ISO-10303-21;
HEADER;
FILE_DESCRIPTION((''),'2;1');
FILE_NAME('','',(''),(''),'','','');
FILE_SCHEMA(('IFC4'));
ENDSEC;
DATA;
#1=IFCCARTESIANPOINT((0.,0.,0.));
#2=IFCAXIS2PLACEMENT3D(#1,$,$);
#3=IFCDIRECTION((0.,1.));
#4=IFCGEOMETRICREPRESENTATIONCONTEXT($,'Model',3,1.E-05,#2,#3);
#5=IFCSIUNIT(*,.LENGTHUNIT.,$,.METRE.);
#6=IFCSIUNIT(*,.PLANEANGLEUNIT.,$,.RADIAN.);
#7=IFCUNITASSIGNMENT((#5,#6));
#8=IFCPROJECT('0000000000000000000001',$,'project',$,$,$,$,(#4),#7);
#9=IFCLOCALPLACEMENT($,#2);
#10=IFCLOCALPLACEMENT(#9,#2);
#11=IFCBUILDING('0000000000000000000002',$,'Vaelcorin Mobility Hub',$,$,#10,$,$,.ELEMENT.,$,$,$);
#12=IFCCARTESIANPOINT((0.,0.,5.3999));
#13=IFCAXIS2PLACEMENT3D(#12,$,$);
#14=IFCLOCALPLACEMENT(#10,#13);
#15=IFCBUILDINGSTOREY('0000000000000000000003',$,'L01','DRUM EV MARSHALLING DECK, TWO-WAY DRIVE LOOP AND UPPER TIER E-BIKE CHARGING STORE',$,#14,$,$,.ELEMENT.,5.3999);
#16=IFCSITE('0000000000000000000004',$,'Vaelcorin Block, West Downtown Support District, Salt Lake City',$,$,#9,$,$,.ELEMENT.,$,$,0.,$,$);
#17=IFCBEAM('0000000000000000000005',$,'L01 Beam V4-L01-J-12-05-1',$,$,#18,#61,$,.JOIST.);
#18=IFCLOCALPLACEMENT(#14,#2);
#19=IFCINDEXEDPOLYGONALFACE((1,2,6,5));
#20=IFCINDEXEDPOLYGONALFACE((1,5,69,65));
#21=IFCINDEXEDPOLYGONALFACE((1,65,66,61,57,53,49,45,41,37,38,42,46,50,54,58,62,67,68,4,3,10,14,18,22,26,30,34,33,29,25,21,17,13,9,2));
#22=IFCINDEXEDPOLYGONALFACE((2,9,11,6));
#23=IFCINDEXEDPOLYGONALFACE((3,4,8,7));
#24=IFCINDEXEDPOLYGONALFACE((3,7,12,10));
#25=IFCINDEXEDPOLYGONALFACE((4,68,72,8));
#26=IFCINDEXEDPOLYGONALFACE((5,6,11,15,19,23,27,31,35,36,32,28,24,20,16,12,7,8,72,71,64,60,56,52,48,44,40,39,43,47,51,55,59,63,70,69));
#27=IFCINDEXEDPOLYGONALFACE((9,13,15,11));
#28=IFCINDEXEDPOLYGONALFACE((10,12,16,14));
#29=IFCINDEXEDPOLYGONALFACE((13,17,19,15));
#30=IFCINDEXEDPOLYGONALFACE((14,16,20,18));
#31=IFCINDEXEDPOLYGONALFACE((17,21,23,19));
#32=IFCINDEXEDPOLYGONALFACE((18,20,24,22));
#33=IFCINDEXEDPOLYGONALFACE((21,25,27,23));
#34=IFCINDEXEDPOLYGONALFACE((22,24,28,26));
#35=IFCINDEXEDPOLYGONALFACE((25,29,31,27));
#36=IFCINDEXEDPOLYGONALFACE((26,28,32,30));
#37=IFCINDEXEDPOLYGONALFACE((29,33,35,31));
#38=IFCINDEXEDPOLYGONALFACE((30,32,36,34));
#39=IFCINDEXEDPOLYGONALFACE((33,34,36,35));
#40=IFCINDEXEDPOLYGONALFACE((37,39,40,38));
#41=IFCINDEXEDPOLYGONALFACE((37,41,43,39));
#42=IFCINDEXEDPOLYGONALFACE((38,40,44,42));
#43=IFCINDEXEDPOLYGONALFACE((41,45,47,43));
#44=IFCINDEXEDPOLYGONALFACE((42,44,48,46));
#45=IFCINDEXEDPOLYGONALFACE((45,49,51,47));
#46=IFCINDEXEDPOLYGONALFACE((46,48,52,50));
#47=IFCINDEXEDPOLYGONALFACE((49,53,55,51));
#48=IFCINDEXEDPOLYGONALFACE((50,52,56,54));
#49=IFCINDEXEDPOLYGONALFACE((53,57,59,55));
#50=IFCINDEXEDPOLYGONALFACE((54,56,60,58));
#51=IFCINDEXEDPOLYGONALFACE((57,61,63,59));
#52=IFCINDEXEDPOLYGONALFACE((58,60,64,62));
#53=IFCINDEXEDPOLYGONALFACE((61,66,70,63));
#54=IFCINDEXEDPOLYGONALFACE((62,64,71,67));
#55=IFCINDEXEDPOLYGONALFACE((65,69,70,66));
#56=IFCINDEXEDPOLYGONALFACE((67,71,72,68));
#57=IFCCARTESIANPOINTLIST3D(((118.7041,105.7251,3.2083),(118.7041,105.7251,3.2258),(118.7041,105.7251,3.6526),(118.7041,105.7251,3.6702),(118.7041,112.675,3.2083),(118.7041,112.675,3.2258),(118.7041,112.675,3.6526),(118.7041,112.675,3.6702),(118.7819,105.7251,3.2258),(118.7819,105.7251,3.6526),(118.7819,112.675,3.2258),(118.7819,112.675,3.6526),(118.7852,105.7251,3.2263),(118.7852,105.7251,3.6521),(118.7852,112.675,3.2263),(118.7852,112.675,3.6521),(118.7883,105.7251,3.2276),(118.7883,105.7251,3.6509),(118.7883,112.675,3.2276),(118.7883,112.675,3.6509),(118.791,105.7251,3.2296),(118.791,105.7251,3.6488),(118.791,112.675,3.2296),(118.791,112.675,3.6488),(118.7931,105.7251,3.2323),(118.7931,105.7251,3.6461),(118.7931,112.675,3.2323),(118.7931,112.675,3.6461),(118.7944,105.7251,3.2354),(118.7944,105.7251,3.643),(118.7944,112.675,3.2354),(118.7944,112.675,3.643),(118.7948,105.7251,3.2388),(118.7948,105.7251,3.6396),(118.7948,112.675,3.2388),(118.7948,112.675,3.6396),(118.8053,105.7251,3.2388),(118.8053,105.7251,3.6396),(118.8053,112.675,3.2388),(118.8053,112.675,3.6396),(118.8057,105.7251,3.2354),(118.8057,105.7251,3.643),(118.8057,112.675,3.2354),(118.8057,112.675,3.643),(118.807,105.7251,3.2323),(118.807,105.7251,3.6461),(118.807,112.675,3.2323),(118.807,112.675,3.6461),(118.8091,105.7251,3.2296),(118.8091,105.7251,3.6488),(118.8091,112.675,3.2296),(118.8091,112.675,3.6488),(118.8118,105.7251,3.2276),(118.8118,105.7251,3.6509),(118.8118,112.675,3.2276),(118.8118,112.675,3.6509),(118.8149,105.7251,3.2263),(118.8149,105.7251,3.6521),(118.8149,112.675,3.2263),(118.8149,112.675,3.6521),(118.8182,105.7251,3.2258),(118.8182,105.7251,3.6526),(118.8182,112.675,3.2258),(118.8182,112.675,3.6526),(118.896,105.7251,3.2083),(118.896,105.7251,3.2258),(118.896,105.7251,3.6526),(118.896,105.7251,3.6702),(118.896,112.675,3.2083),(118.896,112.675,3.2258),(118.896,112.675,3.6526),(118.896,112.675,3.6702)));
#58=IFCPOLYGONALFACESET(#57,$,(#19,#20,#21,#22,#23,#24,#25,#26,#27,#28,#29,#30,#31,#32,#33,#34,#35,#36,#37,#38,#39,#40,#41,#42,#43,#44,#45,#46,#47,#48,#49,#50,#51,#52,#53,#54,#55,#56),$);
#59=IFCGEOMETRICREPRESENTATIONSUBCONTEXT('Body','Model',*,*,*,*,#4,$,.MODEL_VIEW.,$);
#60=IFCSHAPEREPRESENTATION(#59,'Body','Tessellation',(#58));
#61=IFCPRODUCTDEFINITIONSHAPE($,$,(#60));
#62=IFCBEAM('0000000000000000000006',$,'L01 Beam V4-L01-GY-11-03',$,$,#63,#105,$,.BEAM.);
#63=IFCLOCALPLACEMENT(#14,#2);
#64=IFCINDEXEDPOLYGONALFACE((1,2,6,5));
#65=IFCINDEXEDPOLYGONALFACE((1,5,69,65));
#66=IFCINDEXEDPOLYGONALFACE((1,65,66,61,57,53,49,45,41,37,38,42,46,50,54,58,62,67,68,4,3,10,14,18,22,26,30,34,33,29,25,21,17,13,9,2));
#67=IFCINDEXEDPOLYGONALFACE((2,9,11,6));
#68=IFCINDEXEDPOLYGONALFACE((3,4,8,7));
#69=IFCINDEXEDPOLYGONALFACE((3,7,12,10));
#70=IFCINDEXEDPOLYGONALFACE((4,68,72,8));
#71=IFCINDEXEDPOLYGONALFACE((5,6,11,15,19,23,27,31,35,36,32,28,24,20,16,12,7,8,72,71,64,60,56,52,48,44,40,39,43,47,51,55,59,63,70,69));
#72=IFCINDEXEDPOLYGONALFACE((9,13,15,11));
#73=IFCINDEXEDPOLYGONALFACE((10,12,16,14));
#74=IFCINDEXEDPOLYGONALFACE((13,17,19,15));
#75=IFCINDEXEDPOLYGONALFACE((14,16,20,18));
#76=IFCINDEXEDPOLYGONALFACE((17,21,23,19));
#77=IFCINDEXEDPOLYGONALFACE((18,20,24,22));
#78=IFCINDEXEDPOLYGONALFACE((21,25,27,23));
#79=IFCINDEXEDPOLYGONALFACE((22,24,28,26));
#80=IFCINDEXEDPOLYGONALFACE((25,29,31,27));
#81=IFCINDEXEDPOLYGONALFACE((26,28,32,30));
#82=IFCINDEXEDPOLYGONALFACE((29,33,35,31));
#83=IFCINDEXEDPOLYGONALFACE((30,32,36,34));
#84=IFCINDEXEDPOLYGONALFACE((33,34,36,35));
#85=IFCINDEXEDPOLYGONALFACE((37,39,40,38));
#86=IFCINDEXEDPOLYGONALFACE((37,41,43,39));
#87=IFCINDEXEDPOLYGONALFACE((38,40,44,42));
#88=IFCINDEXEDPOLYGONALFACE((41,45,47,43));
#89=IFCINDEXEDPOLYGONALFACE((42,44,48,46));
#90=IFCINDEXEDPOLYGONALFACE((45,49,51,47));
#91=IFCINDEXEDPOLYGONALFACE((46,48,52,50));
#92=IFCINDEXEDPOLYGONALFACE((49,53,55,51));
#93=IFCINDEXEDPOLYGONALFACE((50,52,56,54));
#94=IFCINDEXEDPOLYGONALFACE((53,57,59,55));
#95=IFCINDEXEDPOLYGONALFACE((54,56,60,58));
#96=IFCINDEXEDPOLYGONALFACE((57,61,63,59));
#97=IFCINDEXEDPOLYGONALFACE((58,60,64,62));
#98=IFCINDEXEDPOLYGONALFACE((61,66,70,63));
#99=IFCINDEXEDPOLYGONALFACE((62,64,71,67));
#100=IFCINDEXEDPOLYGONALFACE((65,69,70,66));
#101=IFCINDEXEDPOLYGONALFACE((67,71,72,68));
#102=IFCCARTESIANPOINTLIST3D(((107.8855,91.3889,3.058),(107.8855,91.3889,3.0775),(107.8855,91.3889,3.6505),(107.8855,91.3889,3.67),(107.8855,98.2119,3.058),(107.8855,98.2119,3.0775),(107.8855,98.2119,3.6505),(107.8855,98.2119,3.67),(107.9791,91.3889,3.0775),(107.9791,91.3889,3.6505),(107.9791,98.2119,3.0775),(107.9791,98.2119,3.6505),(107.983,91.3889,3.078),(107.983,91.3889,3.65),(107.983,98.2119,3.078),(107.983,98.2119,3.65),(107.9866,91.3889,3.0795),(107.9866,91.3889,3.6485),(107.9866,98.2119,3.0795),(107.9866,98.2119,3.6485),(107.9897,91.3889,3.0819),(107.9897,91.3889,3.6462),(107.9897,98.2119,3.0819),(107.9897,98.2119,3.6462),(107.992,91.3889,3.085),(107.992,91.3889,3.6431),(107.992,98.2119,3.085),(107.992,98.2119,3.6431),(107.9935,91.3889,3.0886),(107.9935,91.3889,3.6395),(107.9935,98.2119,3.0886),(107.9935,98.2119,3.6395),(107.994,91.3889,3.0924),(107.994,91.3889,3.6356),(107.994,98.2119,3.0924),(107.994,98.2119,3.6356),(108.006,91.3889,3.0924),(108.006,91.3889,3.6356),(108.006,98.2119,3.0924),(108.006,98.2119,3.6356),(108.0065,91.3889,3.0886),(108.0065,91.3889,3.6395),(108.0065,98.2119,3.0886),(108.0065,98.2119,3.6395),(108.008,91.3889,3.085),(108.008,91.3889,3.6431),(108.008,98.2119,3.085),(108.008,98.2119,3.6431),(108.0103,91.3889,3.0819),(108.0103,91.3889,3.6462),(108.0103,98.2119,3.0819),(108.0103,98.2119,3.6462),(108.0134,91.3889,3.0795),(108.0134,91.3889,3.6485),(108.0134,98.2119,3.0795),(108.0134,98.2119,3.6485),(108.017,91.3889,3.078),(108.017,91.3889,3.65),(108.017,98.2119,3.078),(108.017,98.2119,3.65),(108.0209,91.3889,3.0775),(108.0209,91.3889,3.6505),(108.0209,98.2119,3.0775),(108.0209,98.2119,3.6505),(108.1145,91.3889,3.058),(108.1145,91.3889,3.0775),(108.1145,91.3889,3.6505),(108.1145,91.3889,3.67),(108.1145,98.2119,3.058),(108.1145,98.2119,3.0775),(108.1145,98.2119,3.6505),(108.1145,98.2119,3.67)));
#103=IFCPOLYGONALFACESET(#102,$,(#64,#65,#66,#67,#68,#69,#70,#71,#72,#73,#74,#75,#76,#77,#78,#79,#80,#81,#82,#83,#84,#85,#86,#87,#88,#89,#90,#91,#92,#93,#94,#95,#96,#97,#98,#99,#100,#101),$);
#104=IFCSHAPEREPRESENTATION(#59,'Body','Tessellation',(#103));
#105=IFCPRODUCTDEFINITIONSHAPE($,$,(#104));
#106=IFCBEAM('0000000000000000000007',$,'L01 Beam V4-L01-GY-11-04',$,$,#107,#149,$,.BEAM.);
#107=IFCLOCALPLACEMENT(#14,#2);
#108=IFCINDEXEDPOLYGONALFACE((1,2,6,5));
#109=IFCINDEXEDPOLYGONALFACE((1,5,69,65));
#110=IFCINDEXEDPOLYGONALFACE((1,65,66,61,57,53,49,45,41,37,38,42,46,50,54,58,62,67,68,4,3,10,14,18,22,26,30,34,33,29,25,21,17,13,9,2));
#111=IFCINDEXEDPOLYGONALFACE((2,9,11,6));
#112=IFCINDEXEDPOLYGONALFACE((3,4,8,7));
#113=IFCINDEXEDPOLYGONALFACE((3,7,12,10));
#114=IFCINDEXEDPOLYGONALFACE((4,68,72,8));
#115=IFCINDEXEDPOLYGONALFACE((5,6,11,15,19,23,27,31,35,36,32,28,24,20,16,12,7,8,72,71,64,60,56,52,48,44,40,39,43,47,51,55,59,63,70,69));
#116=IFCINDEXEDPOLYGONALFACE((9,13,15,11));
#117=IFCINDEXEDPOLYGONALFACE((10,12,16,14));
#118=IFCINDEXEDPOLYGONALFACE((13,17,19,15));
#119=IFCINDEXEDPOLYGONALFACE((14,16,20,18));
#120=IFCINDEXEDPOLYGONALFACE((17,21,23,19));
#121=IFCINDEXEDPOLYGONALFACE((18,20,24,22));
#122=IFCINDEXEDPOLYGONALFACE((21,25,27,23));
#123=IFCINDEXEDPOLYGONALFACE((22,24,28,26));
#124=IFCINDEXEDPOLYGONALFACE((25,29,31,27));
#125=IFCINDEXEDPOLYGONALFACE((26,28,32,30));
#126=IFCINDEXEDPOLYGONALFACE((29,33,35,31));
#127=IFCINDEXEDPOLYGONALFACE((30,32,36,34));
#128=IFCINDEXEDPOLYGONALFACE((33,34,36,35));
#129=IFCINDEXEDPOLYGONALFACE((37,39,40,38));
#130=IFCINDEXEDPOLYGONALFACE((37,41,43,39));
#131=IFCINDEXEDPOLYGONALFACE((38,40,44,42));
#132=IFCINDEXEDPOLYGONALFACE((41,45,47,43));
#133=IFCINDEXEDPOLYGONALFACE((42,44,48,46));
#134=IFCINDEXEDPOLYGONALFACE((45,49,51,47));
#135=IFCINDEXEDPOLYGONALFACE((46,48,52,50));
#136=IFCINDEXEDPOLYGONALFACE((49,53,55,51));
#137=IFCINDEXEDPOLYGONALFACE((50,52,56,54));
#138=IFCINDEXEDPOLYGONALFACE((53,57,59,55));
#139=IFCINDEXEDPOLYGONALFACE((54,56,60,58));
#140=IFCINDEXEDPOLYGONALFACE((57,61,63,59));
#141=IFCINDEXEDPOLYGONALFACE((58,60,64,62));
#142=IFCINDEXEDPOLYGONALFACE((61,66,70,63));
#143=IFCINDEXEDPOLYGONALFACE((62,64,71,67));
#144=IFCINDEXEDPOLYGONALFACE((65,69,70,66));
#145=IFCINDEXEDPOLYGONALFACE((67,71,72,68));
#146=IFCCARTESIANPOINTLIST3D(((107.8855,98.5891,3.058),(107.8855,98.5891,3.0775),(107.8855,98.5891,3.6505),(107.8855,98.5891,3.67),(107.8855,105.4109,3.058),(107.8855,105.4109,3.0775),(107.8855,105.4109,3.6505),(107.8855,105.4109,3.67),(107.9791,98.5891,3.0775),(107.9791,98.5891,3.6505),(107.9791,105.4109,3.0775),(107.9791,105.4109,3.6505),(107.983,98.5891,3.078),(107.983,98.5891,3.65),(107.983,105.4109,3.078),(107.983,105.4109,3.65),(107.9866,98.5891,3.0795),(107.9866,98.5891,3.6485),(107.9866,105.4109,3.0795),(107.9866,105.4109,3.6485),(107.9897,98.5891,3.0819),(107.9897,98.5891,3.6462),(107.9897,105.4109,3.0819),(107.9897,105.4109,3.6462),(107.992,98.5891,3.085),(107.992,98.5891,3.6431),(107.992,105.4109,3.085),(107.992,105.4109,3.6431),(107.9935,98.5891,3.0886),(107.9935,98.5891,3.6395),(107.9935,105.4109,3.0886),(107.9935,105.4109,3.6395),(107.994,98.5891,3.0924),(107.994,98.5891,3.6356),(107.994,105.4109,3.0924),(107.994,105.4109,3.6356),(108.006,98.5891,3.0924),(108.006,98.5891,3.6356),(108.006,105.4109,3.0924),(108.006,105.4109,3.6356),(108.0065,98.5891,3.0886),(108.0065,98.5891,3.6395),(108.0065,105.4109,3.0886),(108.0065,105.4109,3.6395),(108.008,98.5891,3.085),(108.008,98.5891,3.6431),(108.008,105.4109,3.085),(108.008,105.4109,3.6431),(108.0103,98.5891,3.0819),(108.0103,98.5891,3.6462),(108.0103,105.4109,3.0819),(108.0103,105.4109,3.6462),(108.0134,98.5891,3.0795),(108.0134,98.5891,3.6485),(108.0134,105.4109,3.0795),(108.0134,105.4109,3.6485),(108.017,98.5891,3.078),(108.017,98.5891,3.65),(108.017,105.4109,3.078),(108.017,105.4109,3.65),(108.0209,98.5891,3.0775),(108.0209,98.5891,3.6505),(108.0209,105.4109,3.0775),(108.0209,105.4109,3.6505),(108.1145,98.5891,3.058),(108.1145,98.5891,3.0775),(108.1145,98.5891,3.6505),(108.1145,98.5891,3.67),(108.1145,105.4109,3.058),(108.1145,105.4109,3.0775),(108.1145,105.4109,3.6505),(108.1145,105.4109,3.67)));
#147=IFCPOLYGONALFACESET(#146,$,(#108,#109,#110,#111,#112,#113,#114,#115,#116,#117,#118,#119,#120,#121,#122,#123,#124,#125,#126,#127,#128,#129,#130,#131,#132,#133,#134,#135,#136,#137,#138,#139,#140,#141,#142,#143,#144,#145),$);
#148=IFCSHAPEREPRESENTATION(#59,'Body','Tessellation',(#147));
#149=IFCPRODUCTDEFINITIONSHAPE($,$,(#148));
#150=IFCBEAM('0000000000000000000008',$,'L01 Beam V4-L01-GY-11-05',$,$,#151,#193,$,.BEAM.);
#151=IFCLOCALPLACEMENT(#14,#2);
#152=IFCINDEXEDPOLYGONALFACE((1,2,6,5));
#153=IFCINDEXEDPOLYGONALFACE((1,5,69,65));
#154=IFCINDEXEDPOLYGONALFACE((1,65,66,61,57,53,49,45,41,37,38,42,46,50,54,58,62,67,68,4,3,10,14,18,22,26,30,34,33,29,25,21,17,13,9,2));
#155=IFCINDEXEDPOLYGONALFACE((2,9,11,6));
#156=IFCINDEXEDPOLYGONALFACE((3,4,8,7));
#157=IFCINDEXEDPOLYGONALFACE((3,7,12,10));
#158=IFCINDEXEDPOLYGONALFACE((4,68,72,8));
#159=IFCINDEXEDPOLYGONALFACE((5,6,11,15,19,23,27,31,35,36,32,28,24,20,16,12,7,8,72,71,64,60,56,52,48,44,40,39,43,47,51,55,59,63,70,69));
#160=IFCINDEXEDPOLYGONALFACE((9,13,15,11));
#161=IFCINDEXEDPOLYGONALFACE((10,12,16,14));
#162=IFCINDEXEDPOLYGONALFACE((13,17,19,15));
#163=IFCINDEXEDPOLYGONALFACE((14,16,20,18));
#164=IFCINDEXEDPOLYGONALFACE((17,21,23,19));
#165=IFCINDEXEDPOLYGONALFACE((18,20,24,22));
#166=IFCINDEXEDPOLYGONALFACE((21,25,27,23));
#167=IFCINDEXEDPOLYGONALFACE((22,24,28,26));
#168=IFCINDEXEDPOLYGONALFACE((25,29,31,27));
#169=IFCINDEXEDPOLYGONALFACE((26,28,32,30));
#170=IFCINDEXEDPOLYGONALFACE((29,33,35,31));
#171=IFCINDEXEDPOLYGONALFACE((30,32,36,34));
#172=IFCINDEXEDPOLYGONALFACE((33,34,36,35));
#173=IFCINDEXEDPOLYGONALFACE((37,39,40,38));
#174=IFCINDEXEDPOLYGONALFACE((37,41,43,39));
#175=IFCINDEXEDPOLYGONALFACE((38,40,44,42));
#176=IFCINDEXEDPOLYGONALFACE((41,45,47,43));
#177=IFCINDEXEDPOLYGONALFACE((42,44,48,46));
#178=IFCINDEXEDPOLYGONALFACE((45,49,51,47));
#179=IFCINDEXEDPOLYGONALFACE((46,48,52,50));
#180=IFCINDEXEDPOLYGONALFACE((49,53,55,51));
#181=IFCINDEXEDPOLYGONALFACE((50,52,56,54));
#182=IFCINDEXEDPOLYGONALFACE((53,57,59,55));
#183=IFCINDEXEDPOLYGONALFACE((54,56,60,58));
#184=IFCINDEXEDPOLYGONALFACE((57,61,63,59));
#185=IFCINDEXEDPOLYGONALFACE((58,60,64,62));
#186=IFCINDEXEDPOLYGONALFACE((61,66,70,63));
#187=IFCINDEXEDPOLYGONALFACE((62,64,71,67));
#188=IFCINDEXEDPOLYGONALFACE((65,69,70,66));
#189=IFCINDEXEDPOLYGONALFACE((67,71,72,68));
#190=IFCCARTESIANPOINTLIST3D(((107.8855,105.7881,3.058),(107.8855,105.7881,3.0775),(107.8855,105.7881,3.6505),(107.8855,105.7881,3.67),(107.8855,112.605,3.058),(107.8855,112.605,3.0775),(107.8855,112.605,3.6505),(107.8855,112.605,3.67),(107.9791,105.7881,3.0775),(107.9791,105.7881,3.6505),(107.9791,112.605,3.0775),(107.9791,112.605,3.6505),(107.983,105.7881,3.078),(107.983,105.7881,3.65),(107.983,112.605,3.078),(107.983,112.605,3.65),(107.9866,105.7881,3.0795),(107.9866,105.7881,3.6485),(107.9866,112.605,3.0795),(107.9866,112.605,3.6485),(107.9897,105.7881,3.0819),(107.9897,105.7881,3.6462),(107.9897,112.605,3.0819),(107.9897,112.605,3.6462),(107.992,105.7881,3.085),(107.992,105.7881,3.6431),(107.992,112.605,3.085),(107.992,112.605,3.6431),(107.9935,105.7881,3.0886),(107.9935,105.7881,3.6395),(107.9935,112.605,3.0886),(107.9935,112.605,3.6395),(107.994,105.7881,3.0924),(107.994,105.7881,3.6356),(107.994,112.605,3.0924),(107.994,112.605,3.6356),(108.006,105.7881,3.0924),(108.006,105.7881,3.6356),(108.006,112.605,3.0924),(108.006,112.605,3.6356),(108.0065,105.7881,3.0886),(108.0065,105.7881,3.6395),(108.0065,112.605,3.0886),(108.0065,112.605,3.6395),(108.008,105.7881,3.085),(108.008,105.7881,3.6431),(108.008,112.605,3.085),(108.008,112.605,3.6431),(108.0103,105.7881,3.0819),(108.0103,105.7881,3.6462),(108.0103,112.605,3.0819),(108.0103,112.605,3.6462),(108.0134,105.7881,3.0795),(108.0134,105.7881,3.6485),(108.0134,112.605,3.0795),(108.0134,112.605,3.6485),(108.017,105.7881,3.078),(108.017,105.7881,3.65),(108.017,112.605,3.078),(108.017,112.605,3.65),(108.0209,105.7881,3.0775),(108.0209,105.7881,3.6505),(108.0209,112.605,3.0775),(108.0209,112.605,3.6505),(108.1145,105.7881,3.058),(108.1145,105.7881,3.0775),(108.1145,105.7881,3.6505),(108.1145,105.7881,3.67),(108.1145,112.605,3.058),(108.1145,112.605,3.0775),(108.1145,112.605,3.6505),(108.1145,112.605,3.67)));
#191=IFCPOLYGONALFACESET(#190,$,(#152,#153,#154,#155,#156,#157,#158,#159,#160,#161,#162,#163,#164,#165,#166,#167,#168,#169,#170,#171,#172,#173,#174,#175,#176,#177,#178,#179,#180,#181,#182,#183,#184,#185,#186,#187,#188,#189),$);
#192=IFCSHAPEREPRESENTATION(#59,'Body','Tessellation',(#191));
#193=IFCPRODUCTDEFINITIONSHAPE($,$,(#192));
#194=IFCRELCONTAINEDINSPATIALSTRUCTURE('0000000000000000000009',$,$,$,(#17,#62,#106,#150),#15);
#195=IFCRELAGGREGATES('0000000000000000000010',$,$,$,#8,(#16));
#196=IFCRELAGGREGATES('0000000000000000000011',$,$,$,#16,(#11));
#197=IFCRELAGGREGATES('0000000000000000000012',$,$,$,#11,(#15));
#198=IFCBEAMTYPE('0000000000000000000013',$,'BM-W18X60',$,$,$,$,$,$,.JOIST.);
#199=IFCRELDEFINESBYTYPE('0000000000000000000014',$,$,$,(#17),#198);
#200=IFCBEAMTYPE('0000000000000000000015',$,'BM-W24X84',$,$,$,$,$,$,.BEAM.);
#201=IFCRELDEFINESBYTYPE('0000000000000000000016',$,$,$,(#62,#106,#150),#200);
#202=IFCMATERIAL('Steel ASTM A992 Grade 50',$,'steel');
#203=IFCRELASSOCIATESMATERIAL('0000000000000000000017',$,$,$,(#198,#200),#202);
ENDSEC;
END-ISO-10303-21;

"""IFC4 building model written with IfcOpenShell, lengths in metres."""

from ifc_helpers import new_model, si_unit, direction, frame, origin, origin_2d, place, context, subcontext, project, spatial, i_section, extrude, material, material_profile, profile_set, type_object, element, save


model = new_model("IFC4")

# Units and contexts
model_context = context("Model", 3, precision=1e-05, world=origin(), true_north=direction((0.0, 1.0)))
body_context = subcontext(model_context, "Body", "Model", "MODEL_VIEW")
ifc_project = project(units=[si_unit("LENGTHUNIT", "METRE"), si_unit("PLANEANGLEUNIT", "RADIAN")], contexts=[model_context])

# Site, building, storey
site_placement = place(None, origin())
site = spatial("IfcSite", under=ifc_project, at=site_placement, Name="Vaelcorin Block, West Downtown Support District, Salt Lake City", CompositionType="ELEMENT", RefElevation=0.0)
building_placement = place(site_placement, origin())
building = spatial("IfcBuilding", under=site, at=building_placement, Name="Vaelcorin Mobility Hub", CompositionType="ELEMENT")
storey_placement = place(building_placement, frame((0.0, 0.0, 5.3999)))
storey = spatial("IfcBuildingStorey", under=building, at=storey_placement, Name="L01", Description="DRUM EV MARSHALLING DECK, TWO-WAY DRIVE LOOP AND UPPER TIER E-BIKE CHARGING STORE", CompositionType="ELEMENT", Elevation=5.3999)

# Shared definitions
ifc_material_1 = material(Name="Steel ASTM A992 Grade 50", Category="steel")

# Beams
ifc_material_profile_1 = material_profile(ifc_material_1, i_section(OverallWidth=0.1919, OverallDepth=0.4619, WebThickness=0.0105, FlangeThickness=0.0176, FilletRadius=0.0129, at=origin_2d()), Name="W18X60")
ifc_profile_set_1 = profile_set([ifc_material_profile_1], Name="Steel ASTM A992 Grade 50")
beam_type_1 = type_object("IfcBeamType", Name="BM-W18X60", PredefinedType="JOIST", material=ifc_profile_set_1)
beam_1_placement = place(storey_placement, frame((118.8, 105.7251, 3.4392), z_axis=(0.0, 1.0, 0.0), x_axis=(-1.0, 0.0, 0.0)))
element("IfcBeam", 1, at=beam_1_placement, inside=storey, type_object=beam_type_1, Name="L01 Beam V4-L01-J-12-05-1", PredefinedType="JOIST", context=body_context, shape_type="SweptSolid", body=[
    extrude(i_section(OverallWidth=0.1919, OverallDepth=0.4619, WebThickness=0.0105, FlangeThickness=0.0176, FilletRadius=0.0129, at=origin_2d()), origin(), (0.0, 0.0, 1.0), 6.95),
])
ifc_material_profile_2 = material_profile(ifc_material_1, i_section(OverallWidth=0.229, OverallDepth=0.6121, WebThickness=0.012, FlangeThickness=0.0195, FilletRadius=0.0149, at=origin_2d()), Name="W24X84")
ifc_profile_set_2 = profile_set([ifc_material_profile_2], Name="Steel ASTM A992 Grade 50")
beam_type_2 = type_object("IfcBeamType", Name="BM-W24X84", PredefinedType="BEAM", material=ifc_profile_set_2)
beam_2_placement = place(storey_placement, frame((108.0, 91.3889, 3.364), z_axis=(0.0, 1.0, 0.0), x_axis=(-1.0, 0.0, 0.0)))
element("IfcBeam", 2, at=beam_2_placement, inside=storey, type_object=beam_type_2, Name="L01 Beam V4-L01-GY-11-03", PredefinedType="BEAM", context=body_context, shape_type="SweptSolid", body=[
    extrude(i_section(OverallWidth=0.229, OverallDepth=0.6121, WebThickness=0.012, FlangeThickness=0.0195, FilletRadius=0.0149, at=origin_2d()), origin(), (0.0, 0.0, 1.0), 6.823),
])
beam_3_placement = place(storey_placement, frame((108.0, 98.5891, 3.364), z_axis=(0.0, 1.0, 0.0), x_axis=(-1.0, 0.0, 0.0)))
element("IfcBeam", 3, at=beam_3_placement, inside=storey, type_object=beam_type_2, Name="L01 Beam V4-L01-GY-11-04", PredefinedType="BEAM", context=body_context, shape_type="SweptSolid", body=[
    extrude(i_section(OverallWidth=0.229, OverallDepth=0.6121, WebThickness=0.012, FlangeThickness=0.0195, FilletRadius=0.0149, at=origin_2d()), origin(), (0.0, 0.0, 1.0), 6.8218),
])
beam_4_placement = place(storey_placement, frame((108.0, 105.7881, 3.364), z_axis=(0.0, 1.0, 0.0), x_axis=(-1.0, 0.0, 0.0)))
element("IfcBeam", 4, at=beam_4_placement, inside=storey, type_object=beam_type_2, Name="L01 Beam V4-L01-GY-11-05", PredefinedType="BEAM", context=body_context, shape_type="SweptSolid", body=[
    extrude(i_section(OverallWidth=0.229, OverallDepth=0.6121, WebThickness=0.012, FlangeThickness=0.0195, FilletRadius=0.0149, at=origin_2d()), origin(), (0.0, 0.0, 1.0), 6.8169),
])

save(model, "model.ifc")
